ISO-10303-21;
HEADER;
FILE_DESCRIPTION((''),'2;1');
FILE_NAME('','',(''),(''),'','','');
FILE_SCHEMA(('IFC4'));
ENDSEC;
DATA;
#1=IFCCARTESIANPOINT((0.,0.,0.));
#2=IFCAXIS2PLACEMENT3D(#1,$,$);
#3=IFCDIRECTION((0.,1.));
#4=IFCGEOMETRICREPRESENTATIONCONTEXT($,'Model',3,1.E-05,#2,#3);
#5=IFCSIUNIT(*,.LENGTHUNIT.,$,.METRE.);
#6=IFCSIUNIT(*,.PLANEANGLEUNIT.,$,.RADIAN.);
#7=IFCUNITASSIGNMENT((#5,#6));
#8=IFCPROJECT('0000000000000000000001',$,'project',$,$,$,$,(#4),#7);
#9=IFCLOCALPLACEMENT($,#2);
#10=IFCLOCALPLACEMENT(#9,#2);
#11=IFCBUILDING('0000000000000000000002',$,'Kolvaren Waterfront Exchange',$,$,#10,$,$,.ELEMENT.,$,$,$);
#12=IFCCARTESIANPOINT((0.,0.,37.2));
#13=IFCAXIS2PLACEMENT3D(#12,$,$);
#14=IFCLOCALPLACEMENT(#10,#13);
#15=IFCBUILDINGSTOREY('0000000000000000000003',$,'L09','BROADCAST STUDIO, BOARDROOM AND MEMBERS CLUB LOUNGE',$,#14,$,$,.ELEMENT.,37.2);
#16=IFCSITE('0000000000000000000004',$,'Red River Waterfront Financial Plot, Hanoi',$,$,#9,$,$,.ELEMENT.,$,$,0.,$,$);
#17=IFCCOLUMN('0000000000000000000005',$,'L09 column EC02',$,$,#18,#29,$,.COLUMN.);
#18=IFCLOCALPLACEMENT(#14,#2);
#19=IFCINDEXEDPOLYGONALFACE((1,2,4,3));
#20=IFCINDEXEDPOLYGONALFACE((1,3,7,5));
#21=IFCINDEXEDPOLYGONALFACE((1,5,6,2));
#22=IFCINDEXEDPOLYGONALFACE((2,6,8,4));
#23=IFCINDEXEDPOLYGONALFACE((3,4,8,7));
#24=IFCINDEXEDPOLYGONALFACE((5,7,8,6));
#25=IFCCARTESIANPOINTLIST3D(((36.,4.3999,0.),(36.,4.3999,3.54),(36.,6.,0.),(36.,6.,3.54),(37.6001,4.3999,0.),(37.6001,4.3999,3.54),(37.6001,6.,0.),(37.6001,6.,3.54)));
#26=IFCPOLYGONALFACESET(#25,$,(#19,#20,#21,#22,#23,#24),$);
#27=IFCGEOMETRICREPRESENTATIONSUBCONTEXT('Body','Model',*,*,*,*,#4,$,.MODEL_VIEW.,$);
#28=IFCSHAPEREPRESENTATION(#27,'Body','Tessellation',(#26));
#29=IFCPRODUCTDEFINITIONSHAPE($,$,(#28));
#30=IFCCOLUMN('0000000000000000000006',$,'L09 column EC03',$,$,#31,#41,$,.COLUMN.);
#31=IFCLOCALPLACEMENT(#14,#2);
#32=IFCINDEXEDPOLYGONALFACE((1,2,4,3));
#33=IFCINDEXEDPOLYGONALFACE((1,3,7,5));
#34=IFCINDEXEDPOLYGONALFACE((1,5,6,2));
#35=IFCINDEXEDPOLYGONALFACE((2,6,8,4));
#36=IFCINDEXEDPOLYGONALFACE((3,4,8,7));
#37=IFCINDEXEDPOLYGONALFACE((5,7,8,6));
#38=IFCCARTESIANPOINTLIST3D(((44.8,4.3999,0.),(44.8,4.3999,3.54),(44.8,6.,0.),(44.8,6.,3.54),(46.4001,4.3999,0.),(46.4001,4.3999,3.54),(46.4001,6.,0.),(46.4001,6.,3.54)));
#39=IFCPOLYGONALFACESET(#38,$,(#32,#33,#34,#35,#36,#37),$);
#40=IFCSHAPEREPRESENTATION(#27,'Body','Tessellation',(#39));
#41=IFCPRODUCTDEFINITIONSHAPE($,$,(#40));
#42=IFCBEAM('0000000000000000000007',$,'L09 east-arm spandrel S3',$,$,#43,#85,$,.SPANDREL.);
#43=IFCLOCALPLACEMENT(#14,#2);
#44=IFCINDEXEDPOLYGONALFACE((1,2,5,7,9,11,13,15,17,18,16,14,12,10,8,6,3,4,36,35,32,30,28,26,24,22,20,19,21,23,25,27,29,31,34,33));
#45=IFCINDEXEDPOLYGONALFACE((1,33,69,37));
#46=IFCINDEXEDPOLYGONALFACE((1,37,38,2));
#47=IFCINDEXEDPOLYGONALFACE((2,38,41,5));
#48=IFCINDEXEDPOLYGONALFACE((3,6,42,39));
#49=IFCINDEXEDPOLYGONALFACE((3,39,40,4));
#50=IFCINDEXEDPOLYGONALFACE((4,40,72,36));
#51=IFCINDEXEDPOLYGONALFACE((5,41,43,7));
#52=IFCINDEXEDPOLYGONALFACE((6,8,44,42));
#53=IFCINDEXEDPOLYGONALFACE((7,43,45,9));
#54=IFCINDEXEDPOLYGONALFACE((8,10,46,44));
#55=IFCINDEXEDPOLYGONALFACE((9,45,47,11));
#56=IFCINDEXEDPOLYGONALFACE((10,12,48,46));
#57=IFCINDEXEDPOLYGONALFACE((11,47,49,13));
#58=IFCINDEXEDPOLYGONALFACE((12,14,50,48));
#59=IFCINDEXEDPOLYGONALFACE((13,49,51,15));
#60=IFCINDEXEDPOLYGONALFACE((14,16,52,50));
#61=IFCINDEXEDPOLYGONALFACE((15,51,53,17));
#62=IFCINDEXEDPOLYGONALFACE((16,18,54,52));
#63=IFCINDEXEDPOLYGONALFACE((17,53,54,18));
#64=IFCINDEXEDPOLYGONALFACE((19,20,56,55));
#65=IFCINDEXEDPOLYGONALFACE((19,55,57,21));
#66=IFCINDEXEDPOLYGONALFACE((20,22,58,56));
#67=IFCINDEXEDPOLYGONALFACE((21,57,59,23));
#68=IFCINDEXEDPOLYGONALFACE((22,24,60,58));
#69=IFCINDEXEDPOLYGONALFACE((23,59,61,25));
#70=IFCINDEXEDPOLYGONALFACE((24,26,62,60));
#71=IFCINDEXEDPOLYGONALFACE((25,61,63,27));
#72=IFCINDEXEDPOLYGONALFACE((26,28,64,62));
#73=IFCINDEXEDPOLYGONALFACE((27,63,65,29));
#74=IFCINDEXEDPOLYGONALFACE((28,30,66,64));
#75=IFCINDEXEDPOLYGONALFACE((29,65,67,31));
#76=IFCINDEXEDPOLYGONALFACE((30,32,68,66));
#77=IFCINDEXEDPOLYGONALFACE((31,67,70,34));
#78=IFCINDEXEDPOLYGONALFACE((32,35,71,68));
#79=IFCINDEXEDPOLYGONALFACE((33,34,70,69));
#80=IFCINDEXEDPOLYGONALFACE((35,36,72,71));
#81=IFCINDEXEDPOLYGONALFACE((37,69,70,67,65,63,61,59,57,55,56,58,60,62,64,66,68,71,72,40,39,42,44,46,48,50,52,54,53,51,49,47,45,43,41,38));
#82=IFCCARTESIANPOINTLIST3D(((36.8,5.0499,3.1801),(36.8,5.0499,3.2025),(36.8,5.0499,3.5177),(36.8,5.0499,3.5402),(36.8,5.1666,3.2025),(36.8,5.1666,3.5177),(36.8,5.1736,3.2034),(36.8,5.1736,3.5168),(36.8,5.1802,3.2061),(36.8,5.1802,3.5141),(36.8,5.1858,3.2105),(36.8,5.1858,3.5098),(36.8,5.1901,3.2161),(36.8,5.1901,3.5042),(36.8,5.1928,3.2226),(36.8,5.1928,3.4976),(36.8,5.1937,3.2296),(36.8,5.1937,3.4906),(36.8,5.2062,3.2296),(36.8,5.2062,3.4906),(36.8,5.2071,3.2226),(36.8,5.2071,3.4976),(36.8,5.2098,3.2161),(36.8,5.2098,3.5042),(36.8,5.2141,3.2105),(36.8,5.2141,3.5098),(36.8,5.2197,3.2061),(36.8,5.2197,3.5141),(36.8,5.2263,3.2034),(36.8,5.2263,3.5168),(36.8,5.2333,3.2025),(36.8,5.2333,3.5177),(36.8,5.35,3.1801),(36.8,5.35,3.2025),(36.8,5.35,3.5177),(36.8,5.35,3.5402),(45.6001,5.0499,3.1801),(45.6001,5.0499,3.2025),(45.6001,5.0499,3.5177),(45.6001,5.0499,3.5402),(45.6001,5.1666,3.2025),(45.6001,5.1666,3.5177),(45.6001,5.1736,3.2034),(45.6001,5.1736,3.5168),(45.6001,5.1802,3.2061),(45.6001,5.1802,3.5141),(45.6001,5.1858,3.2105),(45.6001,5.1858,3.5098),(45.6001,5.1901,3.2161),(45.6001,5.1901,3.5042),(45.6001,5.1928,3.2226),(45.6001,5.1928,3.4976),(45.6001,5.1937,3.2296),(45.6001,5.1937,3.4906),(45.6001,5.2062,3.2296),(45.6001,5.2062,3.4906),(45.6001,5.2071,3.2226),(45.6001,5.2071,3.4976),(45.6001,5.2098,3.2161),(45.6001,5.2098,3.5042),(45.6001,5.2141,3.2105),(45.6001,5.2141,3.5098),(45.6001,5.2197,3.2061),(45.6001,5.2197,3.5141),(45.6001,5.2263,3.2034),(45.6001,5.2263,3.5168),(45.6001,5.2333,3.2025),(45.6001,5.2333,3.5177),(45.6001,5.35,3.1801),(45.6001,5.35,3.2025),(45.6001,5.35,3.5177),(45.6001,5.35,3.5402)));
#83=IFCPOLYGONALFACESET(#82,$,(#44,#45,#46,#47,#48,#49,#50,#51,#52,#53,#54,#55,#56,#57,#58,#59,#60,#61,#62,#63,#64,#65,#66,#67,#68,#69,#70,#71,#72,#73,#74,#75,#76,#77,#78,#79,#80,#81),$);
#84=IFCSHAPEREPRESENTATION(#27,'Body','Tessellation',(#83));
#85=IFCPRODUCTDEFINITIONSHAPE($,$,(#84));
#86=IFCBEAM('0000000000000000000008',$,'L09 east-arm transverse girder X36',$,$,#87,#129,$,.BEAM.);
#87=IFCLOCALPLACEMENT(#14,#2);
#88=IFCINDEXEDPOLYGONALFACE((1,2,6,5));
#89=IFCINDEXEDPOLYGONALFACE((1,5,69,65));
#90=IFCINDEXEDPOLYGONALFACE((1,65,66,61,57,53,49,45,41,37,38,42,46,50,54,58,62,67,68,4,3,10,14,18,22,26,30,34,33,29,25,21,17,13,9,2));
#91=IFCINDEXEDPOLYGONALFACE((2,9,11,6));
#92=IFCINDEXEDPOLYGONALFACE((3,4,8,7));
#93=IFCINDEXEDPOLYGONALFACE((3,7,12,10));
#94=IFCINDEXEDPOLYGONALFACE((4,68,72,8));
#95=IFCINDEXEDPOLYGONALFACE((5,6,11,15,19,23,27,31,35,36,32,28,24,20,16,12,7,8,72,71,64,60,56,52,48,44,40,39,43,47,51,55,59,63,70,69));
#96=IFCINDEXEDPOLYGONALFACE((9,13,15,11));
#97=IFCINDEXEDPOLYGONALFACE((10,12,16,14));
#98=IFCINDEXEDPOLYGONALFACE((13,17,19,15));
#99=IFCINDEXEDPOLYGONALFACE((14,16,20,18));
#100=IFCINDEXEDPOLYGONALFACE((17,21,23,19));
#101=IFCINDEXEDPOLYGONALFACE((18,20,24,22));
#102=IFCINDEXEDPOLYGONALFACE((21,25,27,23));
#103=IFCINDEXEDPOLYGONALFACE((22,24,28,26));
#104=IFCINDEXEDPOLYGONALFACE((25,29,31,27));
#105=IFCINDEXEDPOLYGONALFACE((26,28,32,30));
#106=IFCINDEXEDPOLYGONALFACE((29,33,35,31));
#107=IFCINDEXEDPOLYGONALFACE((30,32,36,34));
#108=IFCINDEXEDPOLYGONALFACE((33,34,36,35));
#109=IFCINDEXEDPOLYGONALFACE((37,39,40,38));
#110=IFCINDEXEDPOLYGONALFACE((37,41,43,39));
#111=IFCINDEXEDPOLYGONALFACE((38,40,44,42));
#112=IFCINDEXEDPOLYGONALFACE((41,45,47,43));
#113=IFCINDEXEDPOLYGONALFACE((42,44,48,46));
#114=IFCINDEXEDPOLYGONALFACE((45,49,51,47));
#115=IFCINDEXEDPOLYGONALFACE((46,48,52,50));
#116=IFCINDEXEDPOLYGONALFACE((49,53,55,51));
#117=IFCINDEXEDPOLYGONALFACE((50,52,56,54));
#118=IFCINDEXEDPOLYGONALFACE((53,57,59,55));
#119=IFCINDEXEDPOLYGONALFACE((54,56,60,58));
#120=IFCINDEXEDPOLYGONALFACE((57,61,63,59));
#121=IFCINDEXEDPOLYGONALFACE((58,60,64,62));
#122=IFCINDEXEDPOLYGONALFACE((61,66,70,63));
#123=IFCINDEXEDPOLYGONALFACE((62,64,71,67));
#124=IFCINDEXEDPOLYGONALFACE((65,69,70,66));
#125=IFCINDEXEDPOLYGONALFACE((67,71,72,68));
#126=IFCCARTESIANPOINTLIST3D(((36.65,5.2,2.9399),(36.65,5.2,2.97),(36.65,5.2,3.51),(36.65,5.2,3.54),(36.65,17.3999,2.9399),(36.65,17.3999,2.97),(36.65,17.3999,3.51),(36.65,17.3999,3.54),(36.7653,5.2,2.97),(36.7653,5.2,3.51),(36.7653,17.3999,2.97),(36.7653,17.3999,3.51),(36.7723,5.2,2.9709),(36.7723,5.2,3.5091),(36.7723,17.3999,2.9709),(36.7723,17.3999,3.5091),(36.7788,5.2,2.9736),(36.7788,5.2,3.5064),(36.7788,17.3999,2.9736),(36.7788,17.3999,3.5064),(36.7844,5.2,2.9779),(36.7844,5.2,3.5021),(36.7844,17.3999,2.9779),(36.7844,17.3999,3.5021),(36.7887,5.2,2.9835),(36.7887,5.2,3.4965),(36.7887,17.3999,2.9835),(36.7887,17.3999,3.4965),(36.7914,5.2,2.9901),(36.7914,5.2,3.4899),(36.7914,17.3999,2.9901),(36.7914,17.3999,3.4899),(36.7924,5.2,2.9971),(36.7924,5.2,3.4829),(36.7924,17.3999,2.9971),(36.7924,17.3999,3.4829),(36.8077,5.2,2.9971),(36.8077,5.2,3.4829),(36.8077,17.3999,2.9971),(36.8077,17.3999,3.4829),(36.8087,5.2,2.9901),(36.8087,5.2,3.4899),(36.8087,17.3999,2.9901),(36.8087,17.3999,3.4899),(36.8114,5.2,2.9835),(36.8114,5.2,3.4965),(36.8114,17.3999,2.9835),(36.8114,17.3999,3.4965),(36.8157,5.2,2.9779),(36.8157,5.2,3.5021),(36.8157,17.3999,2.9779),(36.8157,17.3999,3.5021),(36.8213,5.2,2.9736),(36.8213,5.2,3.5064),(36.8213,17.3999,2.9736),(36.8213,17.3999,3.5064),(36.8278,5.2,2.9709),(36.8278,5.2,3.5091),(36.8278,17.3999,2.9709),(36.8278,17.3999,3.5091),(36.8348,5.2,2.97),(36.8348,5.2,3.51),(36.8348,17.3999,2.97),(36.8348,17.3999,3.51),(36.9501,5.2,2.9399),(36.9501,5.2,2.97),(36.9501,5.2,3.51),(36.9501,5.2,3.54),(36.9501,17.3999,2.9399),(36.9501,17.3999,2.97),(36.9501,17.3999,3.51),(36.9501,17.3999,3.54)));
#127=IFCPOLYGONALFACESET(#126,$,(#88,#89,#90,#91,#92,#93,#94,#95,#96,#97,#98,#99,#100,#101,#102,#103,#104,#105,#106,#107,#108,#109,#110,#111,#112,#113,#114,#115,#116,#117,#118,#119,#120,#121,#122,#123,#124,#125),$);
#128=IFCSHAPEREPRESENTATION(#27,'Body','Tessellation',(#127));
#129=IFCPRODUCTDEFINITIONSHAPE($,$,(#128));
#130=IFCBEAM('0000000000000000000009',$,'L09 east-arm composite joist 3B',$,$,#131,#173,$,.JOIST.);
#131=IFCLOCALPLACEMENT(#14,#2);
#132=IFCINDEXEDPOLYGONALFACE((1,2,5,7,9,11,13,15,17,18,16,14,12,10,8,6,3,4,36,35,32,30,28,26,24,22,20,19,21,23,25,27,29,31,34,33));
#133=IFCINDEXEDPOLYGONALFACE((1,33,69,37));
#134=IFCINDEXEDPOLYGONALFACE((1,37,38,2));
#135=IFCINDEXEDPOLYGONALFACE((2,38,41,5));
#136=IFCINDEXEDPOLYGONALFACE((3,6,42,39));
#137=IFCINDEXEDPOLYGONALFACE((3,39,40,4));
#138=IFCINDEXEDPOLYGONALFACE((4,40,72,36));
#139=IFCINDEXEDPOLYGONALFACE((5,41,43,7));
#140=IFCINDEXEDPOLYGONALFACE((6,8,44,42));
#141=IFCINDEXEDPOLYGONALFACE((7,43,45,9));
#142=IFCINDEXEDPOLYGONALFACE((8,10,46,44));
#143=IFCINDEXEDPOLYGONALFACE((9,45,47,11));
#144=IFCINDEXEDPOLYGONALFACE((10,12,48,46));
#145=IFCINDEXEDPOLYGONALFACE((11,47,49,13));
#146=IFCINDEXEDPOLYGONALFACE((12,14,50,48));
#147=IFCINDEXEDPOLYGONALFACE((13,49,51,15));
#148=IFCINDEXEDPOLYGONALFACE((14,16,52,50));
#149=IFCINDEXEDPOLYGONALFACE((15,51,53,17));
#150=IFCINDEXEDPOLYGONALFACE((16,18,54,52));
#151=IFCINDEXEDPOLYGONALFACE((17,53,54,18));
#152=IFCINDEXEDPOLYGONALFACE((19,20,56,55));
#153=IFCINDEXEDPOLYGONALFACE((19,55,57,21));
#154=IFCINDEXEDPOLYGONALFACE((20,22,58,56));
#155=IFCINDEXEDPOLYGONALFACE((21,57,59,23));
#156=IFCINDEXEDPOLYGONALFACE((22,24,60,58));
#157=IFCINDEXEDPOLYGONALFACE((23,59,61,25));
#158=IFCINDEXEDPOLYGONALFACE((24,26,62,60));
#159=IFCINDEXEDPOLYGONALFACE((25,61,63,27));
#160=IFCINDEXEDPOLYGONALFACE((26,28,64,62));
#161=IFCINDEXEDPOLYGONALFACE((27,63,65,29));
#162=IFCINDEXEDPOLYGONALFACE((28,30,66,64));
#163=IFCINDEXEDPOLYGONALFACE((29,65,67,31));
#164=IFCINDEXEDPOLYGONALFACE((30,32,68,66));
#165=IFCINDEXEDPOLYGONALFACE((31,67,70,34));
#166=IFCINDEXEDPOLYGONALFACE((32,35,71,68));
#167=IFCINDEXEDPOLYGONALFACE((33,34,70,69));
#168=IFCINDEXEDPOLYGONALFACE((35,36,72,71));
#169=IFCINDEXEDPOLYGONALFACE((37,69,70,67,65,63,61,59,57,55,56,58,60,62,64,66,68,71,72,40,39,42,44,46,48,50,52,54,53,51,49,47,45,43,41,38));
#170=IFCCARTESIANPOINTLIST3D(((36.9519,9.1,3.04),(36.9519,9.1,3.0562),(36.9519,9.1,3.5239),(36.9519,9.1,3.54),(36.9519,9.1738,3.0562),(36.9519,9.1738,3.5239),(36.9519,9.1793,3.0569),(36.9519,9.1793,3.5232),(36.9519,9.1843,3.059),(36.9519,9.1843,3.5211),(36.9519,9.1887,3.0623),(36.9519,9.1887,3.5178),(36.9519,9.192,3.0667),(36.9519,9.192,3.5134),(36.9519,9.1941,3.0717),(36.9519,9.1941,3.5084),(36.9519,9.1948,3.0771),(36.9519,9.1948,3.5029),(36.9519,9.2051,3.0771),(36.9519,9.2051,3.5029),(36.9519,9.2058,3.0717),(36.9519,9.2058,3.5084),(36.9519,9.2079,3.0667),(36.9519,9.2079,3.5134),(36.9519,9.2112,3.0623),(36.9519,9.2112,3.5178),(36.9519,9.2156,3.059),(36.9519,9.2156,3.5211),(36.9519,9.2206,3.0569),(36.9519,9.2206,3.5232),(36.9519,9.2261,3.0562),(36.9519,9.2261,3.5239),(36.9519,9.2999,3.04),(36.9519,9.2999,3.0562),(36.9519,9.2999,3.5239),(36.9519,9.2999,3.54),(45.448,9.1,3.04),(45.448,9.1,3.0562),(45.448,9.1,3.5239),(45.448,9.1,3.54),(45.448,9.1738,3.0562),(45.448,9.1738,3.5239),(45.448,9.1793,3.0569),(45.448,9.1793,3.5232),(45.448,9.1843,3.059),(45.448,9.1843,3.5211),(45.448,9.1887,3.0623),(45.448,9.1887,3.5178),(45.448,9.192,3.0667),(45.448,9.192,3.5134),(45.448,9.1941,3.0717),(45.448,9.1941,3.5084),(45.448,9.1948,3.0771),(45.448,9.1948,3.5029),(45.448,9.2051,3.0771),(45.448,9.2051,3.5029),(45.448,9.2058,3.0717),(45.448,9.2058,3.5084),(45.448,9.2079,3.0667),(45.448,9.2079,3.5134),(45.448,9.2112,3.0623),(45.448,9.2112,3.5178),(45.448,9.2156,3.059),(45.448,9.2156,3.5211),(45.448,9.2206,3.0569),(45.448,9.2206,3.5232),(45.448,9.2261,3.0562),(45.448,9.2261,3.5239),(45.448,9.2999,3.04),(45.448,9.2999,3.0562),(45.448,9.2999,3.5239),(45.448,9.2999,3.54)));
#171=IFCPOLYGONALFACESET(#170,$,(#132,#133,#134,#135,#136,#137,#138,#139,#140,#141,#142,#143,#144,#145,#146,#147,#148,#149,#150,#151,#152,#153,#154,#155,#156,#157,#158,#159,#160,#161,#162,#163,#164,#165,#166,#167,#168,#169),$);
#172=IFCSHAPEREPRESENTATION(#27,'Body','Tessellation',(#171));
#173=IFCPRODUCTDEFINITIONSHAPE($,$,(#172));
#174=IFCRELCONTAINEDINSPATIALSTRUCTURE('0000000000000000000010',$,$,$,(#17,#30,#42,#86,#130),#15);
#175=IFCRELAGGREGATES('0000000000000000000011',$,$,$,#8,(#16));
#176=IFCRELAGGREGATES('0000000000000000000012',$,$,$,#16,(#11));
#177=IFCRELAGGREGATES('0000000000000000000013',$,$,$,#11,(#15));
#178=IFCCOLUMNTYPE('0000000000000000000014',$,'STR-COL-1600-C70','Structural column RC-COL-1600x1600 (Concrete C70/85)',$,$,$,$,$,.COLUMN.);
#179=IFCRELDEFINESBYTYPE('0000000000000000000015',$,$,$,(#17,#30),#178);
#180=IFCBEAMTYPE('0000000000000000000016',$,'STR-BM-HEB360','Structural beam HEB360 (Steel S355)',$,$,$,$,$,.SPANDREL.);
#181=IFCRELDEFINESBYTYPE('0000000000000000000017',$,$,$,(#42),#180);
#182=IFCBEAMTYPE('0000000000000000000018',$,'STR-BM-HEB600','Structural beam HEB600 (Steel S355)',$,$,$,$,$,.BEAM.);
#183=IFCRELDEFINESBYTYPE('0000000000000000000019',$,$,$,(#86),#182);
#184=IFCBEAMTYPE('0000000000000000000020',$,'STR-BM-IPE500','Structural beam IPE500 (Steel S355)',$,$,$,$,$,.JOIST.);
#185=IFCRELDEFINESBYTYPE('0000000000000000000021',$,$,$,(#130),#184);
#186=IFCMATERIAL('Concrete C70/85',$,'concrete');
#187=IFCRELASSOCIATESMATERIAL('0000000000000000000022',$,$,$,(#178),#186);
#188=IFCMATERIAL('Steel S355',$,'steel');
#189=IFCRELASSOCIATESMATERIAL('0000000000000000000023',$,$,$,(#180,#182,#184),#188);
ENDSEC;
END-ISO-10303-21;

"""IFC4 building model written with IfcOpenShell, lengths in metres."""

from ifc_helpers import new_model, si_unit, direction, frame, origin, origin_2d, place, context, subcontext, project, spatial, rectangle, i_section, extrude, material, material_profile, profile_set, type_object, element, save


model = new_model("IFC4")

# Units and contexts
model_context = context("Model", 3, precision=1e-05, world=origin(), true_north=direction((0.0, 1.0)))
body_context = subcontext(model_context, "Body", "Model", "MODEL_VIEW")
ifc_project = project(units=[si_unit("LENGTHUNIT", "METRE"), si_unit("PLANEANGLEUNIT", "RADIAN")], contexts=[model_context])

# Site, building, storey
site_placement = place(None, origin())
site = spatial("IfcSite", under=ifc_project, at=site_placement, Name="Red River Waterfront Financial Plot, Hanoi", CompositionType="ELEMENT", RefElevation=0.0)
building_placement = place(site_placement, origin())
building = spatial("IfcBuilding", under=site, at=building_placement, Name="Kolvaren Waterfront Exchange", CompositionType="ELEMENT")
storey_placement = place(building_placement, frame((0.0, 0.0, 37.2)))
storey = spatial("IfcBuildingStorey", under=building, at=storey_placement, Name="L09", Description="BROADCAST STUDIO, BOARDROOM AND MEMBERS CLUB LOUNGE", CompositionType="ELEMENT", Elevation=37.2)

# Columns
ifc_material_1 = material(Name="Concrete C70/85", Category="concrete")
ifc_material_profile_1 = material_profile(ifc_material_1, rectangle(XDim=1.6001, YDim=1.6001, at=origin_2d()), Name="RC-COL-1600x1600")
ifc_profile_set_1 = profile_set([ifc_material_profile_1], Name="Concrete C70/85")
column_type = type_object("IfcColumnType", Name="STR-COL-1600-C70", Description="Structural column RC-COL-1600x1600 (Concrete C70/85)", PredefinedType="COLUMN", material=ifc_profile_set_1)
for number, where, z_axis, x_axis, name in (
    (1, (36.8, 5.2, 0.0), (0.0, 0.0, 1.0), (1.0, 0.0, 0.0), "L09 column EC02"),
    (2, (45.6001, 5.2, 0.0), (0.0, 0.0, 1.0), (1.0, 0.0, 0.0), "L09 column EC03"),
):
    element("IfcColumn", number, at=place(storey_placement, frame(where, z_axis=z_axis, x_axis=x_axis)), inside=storey, type_object=column_type, Name=name, PredefinedType="COLUMN", context=body_context, shape_type="SweptSolid", body=[
        extrude(rectangle(XDim=1.6001, YDim=1.6001, at=origin_2d()), origin(), (0.0, 0.0, 1.0), 3.54),
    ])

# Beams
ifc_material_2 = material(Name="Steel S355", Category="steel")
ifc_material_profile_2 = material_profile(ifc_material_2, i_section(OverallWidth=0.3, OverallDepth=0.3601, WebThickness=0.0125, FlangeThickness=0.0225, FilletRadius=0.0271, at=origin_2d()), Name="HEB360")
ifc_profile_set_2 = profile_set([ifc_material_profile_2], Name="Steel S355")
beam_type_1 = type_object("IfcBeamType", Name="STR-BM-HEB360", Description="Structural beam HEB360 (Steel S355)", PredefinedType="SPANDREL", material=ifc_profile_set_2)
beam_1_placement = place(storey_placement, frame((36.8, 5.2, 3.3601), z_axis=(1.0, 0.0, 0.0), x_axis=(0.0, 1.0, 0.0)))
element("IfcBeam", 3, at=beam_1_placement, inside=storey, type_object=beam_type_1, Name="L09 east-arm spandrel S3", PredefinedType="SPANDREL", context=body_context, shape_type="SweptSolid", body=[
    extrude(i_section(OverallWidth=0.3, OverallDepth=0.3601, WebThickness=0.0125, FlangeThickness=0.0225, FilletRadius=0.0271, at=origin_2d()), origin(), (0.0, 0.0, 1.0), 8.8),
])
ifc_material_profile_3 = material_profile(ifc_material_2, i_section(OverallWidth=0.3, OverallDepth=0.6001, WebThickness=0.0154, FlangeThickness=0.03, FilletRadius=0.0271, at=origin_2d()), Name="HEB600")
ifc_profile_set_3 = profile_set([ifc_material_profile_3], Name="Steel S355")
beam_type_2 = type_object("IfcBeamType", Name="STR-BM-HEB600", Description="Structural beam HEB600 (Steel S355)", PredefinedType="BEAM", material=ifc_profile_set_3)
beam_2_placement = place(storey_placement, frame((36.8, 5.2, 3.24), z_axis=(0.0, 1.0, 0.0), x_axis=(-1.0, 0.0, 0.0)))
element("IfcBeam", 4, at=beam_2_placement, inside=storey, type_object=beam_type_2, Name="L09 east-arm transverse girder X36", PredefinedType="BEAM", context=body_context, shape_type="SweptSolid", body=[
    extrude(i_section(OverallWidth=0.3, OverallDepth=0.6001, WebThickness=0.0154, FlangeThickness=0.03, FilletRadius=0.0271, at=origin_2d()), origin(), (0.0, 0.0, 1.0), 12.2),
])
ifc_material_profile_4 = material_profile(ifc_material_2, i_section(OverallWidth=0.2, OverallDepth=0.5, WebThickness=0.0103, FlangeThickness=0.0161, FilletRadius=0.021, at=origin_2d()), Name="IPE500")
ifc_profile_set_4 = profile_set([ifc_material_profile_4], Name="Steel S355")
beam_type_3 = type_object("IfcBeamType", Name="STR-BM-IPE500", Description="Structural beam IPE500 (Steel S355)", PredefinedType="JOIST", material=ifc_profile_set_4)
beam_3_placement = place(storey_placement, frame((36.9519, 9.2, 3.29), z_axis=(1.0, 0.0, 0.0), x_axis=(0.0, 1.0, 0.0)))
element("IfcBeam", 5, at=beam_3_placement, inside=storey, type_object=beam_type_3, Name="L09 east-arm composite joist 3B", PredefinedType="JOIST", context=body_context, shape_type="SweptSolid", body=[
    extrude(i_section(OverallWidth=0.2, OverallDepth=0.5, WebThickness=0.0103, FlangeThickness=0.0161, FilletRadius=0.021, at=origin_2d()), origin(), (0.0, 0.0, 1.0), 8.4961),
])

save(model, "model.ifc")
